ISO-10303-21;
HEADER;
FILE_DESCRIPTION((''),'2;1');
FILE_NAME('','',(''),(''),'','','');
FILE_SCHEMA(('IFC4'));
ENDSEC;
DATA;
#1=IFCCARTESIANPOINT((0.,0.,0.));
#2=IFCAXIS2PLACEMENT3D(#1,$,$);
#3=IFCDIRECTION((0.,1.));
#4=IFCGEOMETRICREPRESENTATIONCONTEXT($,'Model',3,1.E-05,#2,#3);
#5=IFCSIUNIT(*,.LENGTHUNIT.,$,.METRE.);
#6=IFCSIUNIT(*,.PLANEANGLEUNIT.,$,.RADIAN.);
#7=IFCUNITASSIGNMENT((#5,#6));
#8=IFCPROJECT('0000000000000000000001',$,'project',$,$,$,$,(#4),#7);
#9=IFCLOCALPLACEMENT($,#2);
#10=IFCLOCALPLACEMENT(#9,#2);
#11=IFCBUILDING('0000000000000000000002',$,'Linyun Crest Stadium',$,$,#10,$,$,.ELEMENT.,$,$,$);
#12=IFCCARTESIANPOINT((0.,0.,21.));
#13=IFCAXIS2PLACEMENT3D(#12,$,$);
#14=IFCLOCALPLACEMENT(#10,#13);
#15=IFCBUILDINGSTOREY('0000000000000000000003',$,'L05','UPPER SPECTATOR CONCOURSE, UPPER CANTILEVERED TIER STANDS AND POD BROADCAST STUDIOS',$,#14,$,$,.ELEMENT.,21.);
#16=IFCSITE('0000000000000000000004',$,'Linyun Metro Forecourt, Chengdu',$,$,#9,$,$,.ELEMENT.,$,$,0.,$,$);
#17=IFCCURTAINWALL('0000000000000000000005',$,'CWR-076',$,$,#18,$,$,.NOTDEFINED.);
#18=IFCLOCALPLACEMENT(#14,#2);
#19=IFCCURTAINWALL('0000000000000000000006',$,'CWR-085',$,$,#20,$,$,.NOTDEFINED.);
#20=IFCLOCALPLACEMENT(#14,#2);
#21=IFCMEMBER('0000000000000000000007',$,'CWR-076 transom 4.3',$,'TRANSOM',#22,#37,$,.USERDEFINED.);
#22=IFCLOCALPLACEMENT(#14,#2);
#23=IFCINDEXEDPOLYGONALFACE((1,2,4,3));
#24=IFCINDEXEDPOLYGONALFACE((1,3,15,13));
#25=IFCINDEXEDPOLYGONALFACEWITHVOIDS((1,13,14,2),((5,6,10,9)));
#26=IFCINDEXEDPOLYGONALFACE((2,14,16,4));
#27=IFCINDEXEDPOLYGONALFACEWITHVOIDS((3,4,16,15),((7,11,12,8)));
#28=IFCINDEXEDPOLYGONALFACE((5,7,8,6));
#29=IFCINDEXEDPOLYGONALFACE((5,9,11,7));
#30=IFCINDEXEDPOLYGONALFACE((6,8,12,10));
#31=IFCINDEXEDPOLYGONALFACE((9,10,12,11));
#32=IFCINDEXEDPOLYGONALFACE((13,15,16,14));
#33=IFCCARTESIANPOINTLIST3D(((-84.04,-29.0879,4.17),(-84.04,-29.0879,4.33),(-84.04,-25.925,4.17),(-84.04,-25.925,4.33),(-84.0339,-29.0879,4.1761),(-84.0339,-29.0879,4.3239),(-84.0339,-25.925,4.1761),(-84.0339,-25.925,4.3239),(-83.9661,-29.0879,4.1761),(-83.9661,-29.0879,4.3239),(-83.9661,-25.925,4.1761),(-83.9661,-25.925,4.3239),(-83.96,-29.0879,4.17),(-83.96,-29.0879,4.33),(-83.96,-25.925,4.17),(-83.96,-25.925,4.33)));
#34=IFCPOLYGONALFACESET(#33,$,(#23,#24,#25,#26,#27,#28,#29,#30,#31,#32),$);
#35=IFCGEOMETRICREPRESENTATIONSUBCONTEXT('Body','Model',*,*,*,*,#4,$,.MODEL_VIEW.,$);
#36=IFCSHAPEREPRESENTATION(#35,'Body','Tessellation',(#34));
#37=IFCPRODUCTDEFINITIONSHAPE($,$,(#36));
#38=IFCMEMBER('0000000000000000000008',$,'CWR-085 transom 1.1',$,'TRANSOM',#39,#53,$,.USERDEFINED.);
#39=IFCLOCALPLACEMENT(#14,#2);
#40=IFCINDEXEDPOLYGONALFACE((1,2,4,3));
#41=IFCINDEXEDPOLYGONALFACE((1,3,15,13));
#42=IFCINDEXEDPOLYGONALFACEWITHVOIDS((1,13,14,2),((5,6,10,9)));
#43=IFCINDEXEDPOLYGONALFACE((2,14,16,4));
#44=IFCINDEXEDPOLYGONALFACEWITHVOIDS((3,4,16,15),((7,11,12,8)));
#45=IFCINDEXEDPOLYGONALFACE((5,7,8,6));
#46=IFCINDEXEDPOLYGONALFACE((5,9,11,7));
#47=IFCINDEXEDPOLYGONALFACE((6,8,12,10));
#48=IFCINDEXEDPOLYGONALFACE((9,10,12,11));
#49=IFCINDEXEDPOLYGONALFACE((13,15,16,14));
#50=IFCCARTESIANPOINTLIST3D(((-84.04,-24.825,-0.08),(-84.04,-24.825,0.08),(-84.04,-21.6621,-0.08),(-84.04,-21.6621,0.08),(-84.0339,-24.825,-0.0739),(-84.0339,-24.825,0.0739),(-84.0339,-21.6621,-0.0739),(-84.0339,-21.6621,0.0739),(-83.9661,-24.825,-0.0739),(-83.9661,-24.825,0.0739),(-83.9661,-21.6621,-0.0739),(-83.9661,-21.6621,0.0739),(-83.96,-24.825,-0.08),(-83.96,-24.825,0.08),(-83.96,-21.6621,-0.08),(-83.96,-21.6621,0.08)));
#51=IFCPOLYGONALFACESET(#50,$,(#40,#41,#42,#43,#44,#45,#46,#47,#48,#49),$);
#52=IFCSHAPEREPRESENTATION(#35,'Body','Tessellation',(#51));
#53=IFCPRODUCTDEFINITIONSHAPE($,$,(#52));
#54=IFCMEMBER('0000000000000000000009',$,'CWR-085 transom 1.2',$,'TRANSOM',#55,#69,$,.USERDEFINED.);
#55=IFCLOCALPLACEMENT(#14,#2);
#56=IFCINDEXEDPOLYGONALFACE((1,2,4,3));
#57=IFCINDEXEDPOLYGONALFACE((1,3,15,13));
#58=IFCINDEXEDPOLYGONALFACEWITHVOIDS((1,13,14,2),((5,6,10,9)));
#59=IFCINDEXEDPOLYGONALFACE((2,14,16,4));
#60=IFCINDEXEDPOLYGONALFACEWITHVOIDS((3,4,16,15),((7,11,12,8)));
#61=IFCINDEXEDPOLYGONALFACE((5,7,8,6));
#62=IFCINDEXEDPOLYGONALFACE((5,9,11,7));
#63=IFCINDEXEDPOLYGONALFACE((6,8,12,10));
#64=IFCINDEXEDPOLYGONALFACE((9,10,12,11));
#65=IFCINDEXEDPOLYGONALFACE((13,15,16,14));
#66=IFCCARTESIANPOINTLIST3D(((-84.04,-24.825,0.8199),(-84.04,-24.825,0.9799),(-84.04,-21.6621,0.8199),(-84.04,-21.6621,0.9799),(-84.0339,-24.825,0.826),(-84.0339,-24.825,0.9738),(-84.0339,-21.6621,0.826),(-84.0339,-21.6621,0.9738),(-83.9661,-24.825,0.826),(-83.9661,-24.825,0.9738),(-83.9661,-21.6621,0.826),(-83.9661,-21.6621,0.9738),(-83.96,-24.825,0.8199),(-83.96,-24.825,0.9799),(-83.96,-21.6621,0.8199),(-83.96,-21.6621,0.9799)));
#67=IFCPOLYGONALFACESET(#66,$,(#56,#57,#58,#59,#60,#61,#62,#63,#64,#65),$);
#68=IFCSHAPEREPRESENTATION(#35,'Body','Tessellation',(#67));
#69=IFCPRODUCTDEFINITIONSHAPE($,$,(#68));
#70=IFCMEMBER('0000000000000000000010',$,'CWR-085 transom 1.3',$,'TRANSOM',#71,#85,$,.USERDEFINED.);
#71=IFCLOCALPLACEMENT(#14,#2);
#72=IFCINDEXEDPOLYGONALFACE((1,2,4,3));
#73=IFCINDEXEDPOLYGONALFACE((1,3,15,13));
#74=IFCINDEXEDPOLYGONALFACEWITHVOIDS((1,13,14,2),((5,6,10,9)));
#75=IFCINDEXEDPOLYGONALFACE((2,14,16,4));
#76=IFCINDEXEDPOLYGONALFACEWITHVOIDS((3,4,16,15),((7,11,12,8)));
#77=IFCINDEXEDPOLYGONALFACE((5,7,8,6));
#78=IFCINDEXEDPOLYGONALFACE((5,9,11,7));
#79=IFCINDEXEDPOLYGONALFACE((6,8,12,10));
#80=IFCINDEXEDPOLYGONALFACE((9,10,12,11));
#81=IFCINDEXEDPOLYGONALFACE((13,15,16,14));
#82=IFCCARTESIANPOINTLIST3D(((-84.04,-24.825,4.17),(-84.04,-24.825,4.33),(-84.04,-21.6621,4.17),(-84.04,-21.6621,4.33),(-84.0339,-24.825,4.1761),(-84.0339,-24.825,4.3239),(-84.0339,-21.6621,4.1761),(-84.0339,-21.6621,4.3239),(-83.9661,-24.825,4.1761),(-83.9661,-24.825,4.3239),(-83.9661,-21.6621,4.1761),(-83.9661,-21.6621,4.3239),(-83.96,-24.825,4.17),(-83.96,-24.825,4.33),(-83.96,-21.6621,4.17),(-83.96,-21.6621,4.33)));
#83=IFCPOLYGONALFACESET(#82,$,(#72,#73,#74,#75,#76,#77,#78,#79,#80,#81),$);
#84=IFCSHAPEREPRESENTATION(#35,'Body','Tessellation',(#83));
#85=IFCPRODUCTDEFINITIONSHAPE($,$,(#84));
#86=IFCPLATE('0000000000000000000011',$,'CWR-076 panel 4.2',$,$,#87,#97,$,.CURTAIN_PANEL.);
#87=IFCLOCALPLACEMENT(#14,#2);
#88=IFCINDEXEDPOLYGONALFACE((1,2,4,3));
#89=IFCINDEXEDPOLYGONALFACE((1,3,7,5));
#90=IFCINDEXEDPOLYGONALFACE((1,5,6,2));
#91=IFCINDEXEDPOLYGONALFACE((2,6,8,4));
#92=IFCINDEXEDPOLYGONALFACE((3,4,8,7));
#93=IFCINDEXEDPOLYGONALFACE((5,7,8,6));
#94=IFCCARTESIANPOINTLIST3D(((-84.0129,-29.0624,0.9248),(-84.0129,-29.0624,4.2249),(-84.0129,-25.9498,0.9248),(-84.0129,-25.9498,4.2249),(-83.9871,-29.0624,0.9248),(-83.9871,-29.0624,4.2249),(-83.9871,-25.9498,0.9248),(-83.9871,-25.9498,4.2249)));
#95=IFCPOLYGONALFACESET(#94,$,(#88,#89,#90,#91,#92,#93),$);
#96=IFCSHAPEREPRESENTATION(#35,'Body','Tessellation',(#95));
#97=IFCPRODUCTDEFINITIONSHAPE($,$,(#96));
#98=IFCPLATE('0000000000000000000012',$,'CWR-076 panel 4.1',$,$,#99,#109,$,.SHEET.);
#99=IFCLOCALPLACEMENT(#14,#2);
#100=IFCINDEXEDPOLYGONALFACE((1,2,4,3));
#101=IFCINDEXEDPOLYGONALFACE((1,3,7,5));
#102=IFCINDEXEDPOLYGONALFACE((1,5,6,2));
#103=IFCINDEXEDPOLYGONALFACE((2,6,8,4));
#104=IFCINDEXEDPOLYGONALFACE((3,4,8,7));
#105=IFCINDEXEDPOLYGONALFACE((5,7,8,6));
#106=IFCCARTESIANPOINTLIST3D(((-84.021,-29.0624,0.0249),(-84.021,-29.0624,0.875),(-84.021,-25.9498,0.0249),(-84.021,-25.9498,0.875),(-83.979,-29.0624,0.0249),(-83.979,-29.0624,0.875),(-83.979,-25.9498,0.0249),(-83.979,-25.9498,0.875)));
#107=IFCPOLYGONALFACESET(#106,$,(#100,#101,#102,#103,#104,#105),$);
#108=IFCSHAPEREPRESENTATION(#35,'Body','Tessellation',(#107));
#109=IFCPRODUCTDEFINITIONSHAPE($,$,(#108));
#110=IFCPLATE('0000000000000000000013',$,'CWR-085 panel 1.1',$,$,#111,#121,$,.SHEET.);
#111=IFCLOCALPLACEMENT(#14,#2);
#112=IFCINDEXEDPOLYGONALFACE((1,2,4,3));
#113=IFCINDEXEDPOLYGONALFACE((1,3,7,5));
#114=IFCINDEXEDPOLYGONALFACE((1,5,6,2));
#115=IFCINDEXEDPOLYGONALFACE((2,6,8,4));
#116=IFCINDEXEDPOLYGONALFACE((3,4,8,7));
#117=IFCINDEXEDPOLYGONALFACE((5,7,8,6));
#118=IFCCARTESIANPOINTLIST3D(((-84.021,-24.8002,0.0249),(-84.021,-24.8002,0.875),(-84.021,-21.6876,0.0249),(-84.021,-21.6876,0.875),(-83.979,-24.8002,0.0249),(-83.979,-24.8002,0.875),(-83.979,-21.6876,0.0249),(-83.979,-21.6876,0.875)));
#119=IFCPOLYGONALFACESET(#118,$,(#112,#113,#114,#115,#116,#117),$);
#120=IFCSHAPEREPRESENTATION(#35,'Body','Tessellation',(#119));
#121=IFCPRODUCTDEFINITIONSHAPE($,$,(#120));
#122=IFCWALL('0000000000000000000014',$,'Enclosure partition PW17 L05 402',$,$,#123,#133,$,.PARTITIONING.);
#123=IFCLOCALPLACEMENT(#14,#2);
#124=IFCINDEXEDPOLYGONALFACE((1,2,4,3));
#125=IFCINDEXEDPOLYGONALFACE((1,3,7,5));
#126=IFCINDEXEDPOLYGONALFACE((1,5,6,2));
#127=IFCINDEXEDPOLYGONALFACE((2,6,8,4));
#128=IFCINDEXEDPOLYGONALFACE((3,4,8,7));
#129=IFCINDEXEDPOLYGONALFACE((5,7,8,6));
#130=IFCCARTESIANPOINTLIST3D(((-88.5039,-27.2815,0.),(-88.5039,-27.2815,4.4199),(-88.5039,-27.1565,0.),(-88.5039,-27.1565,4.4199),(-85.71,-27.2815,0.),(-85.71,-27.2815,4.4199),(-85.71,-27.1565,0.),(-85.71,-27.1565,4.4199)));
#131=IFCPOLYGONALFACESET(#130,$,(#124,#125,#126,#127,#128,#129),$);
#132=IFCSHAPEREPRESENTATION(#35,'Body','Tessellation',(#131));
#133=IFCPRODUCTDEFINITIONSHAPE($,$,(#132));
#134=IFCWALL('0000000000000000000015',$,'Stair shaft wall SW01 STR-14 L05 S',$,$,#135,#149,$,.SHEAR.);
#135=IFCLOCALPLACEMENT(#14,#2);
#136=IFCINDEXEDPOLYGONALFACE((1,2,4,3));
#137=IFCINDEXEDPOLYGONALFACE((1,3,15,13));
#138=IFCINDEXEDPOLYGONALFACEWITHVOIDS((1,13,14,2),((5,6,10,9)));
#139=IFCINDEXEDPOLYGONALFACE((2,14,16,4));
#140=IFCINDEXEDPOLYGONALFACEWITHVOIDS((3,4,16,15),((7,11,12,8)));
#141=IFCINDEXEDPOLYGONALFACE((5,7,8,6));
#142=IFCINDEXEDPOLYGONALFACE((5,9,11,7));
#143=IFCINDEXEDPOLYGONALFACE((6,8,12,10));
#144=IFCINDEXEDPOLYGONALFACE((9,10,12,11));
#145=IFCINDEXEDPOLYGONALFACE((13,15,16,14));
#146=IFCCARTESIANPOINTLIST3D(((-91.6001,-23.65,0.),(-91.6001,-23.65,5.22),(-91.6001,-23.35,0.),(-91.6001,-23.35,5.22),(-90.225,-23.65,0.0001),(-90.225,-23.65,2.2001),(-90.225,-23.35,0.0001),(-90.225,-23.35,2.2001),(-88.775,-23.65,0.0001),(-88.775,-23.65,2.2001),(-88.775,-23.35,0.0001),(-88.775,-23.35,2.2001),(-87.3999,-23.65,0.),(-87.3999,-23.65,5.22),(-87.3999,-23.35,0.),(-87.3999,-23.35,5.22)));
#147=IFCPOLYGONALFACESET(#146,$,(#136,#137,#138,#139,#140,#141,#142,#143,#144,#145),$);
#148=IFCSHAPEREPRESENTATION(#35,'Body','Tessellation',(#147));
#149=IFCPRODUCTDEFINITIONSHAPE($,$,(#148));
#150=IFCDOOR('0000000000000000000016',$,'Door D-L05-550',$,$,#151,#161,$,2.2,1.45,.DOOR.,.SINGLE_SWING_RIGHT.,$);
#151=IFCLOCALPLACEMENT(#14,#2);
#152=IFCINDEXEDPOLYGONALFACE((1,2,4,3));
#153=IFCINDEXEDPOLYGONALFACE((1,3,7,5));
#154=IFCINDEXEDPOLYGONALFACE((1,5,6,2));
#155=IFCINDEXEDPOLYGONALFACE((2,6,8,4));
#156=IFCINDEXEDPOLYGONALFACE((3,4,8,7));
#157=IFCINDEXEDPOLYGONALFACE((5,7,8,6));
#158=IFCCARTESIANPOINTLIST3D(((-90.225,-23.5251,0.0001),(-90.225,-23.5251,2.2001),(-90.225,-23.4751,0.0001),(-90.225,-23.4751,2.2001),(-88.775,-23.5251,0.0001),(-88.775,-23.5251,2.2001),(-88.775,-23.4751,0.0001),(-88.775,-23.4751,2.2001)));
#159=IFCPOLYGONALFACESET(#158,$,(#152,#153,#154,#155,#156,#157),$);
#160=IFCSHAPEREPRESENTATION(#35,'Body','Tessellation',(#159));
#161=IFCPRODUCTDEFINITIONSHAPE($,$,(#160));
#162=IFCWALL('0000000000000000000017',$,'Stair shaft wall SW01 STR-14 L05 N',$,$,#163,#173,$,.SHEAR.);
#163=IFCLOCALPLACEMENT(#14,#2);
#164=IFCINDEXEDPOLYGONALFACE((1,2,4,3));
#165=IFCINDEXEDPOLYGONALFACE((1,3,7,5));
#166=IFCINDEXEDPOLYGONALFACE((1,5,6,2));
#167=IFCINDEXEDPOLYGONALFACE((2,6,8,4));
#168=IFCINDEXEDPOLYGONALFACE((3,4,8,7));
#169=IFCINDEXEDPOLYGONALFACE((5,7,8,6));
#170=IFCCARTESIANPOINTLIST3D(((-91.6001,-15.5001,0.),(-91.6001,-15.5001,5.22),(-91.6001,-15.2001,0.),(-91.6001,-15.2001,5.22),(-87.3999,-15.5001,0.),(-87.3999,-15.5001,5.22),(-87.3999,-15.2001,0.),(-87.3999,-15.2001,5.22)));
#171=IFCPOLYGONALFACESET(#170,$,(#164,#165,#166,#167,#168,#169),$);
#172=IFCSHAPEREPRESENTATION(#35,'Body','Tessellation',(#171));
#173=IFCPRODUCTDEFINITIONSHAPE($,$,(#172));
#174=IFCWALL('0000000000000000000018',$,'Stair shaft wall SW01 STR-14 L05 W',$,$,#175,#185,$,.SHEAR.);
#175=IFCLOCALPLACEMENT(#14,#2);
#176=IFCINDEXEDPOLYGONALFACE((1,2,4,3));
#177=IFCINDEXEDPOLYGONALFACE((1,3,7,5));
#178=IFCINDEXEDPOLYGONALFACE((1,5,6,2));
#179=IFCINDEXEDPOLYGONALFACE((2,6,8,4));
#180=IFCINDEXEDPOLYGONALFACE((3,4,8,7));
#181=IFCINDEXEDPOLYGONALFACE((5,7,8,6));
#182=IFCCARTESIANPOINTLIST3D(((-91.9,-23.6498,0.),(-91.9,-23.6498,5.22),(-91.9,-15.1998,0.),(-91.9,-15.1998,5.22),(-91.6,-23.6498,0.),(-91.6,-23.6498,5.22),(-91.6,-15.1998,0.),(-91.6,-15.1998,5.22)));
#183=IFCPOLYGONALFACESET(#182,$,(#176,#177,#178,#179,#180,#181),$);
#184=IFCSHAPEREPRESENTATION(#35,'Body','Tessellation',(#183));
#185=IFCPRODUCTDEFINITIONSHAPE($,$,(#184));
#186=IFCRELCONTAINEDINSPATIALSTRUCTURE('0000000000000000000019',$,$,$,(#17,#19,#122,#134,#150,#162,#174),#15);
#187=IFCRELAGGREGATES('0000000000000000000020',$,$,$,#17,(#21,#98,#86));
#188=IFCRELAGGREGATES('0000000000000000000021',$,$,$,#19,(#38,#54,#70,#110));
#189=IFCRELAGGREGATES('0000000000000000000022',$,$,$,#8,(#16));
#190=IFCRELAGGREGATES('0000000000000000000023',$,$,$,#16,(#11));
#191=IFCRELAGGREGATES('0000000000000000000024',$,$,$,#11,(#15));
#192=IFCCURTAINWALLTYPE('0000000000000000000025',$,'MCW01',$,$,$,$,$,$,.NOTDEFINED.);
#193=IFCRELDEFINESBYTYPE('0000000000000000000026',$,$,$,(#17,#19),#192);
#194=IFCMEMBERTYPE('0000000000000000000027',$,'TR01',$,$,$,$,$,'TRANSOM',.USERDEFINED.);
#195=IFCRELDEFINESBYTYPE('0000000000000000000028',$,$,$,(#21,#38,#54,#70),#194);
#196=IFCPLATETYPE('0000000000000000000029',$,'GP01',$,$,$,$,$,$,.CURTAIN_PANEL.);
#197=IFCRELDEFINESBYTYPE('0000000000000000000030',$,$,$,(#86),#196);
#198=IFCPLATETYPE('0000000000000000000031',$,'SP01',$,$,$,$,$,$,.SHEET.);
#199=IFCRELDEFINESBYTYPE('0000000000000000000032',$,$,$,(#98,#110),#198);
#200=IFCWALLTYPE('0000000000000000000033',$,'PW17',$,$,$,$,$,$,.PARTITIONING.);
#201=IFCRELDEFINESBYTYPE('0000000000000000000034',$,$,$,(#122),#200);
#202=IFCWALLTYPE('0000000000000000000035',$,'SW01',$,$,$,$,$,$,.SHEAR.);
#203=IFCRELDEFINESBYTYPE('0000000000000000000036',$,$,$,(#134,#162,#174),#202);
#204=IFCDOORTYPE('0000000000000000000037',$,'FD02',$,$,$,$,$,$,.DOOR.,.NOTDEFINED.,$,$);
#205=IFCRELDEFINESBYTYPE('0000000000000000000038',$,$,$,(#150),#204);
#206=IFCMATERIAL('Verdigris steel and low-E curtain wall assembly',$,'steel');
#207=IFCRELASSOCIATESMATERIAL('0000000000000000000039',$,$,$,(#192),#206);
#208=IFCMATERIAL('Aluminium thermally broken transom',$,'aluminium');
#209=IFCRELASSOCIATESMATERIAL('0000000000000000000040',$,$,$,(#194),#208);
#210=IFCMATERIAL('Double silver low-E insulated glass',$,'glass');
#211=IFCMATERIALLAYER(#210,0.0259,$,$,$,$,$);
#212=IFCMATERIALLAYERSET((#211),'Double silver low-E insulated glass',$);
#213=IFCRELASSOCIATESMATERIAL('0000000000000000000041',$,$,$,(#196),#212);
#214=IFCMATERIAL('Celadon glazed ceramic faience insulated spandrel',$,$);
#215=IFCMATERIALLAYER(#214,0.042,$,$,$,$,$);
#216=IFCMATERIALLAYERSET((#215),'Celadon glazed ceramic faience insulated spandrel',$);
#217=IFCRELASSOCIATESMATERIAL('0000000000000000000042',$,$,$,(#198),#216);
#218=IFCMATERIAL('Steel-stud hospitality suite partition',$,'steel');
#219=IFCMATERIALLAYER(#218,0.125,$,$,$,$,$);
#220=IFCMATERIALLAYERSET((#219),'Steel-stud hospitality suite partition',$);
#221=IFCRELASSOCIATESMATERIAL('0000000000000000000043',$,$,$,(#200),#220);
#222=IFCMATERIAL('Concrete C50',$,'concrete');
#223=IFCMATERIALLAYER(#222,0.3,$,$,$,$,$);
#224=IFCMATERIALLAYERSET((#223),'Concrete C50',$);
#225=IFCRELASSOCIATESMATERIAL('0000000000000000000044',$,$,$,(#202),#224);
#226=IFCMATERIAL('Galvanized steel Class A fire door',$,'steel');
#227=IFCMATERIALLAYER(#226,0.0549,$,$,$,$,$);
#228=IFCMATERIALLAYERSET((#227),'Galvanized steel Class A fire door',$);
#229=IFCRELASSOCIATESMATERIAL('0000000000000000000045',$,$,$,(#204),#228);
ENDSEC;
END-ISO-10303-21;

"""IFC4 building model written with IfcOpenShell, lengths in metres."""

from ifc_helpers import new_model, si_unit, direction, frame, frame_2d, origin, origin_2d, place, context, subcontext, project, spatial, rectangle, hollow_rectangle, extrude, material, layer, layer_set, material_profile, profile_set, type_object, element, fill, aggregate, save


model = new_model("IFC4")

# Units and contexts
model_context = context("Model", 3, precision=1e-05, world=origin(), true_north=direction((0.0, 1.0)))
body_context = subcontext(model_context, "Body", "Model", "MODEL_VIEW")
ifc_project = project(units=[si_unit("LENGTHUNIT", "METRE"), si_unit("PLANEANGLEUNIT", "RADIAN")], contexts=[model_context])

# Site, building, storey
site_placement = place(None, origin())
site = spatial("IfcSite", under=ifc_project, at=site_placement, Name="Linyun Metro Forecourt, Chengdu", CompositionType="ELEMENT", RefElevation=0.0)
building_placement = place(site_placement, origin())
building = spatial("IfcBuilding", under=site, at=building_placement, Name="Linyun Crest Stadium", CompositionType="ELEMENT")
storey_placement = place(building_placement, frame((0.0, 0.0, 21.0)))
storey = spatial("IfcBuildingStorey", under=building, at=storey_placement, Name="L05", Description="UPPER SPECTATOR CONCOURSE, UPPER CANTILEVERED TIER STANDS AND POD BROADCAST STUDIOS", CompositionType="ELEMENT", Elevation=21.0)

# Curtain wall
ifc_material_1 = material(Name="Verdigris steel and low-E curtain wall assembly", Category="steel")
curtain_wall_type = type_object("IfcCurtainWallType", Name="MCW01", PredefinedType="NOTDEFINED", material=ifc_material_1)
curtain_wall_1_placement = place(storey_placement, origin())
curtain_wall_1 = element("IfcCurtainWall", 1, at=curtain_wall_1_placement, inside=storey, type_object=curtain_wall_type, Name="CWR-076", PredefinedType="NOTDEFINED")

# Curtain wall
curtain_wall_2_placement = place(storey_placement, origin())
curtain_wall_2 = element("IfcCurtainWall", 2, at=curtain_wall_2_placement, inside=storey, type_object=curtain_wall_type, Name="CWR-085", PredefinedType="NOTDEFINED")

# Members
ifc_material_2 = material(Name="Aluminium thermally broken transom", Category="aluminium")
ifc_material_profile_1 = material_profile(ifc_material_2, hollow_rectangle(XDim=0.0801, YDim=0.1599, WallThickness=0.0061, at=origin_2d()), Name="RHS 160x80x6")
ifc_profile_set_1 = profile_set([ifc_material_profile_1], Name="Aluminium thermally broken transom")
member_type_1 = type_object("IfcMemberType", Name="TR01", ElementType="TRANSOM", PredefinedType="USERDEFINED", material=ifc_profile_set_1)
member_1_placement = place(storey_placement, frame((-84.0, -29.0879, 4.25), z_axis=(0.0, 1.0, 0.0), x_axis=(-1.0, 0.0, 0.0)))
member_1 = element("IfcMember", 3, at=member_1_placement, type_object=member_type_1, Name="CWR-076 transom 4.3", ObjectType="TRANSOM", PredefinedType="USERDEFINED", context=body_context, shape_type="SweptSolid", body=[
    extrude(hollow_rectangle(XDim=0.0801, YDim=0.1599, WallThickness=0.0061, at=origin_2d()), origin(), (0.0, 0.0, 1.0), 3.1628),
])
member_2_placement = place(storey_placement, frame((-84.0, -24.825, 0.0), z_axis=(0.0, 1.0, 0.0), x_axis=(-1.0, 0.0, 0.0)))
member_2 = element("IfcMember", 4, at=member_2_placement, type_object=member_type_1, Name="CWR-085 transom 1.1", ObjectType="TRANSOM", PredefinedType="USERDEFINED", context=body_context, shape_type="SweptSolid", body=[
    extrude(hollow_rectangle(XDim=0.0801, YDim=0.1599, WallThickness=0.0061, at=origin_2d()), origin(), (0.0, 0.0, 1.0), 3.1628),
])
member_3_placement = place(storey_placement, frame((-84.0, -24.825, 0.8999), z_axis=(0.0, 1.0, 0.0), x_axis=(-1.0, 0.0, 0.0)))
member_3 = element("IfcMember", 5, at=member_3_placement, type_object=member_type_1, Name="CWR-085 transom 1.2", ObjectType="TRANSOM", PredefinedType="USERDEFINED", context=body_context, shape_type="SweptSolid", body=[
    extrude(hollow_rectangle(XDim=0.0801, YDim=0.1599, WallThickness=0.0061, at=origin_2d()), origin(), (0.0, 0.0, 1.0), 3.1628),
])
member_4_placement = place(storey_placement, frame((-84.0, -24.825, 4.25), z_axis=(0.0, 1.0, 0.0), x_axis=(-1.0, 0.0, 0.0)))
member_4 = element("IfcMember", 6, at=member_4_placement, type_object=member_type_1, Name="CWR-085 transom 1.3", ObjectType="TRANSOM", PredefinedType="USERDEFINED", context=body_context, shape_type="SweptSolid", body=[
    extrude(hollow_rectangle(XDim=0.0801, YDim=0.1599, WallThickness=0.0061, at=origin_2d()), origin(), (0.0, 0.0, 1.0), 3.1628),
])

# Plates
ifc_material_3 = material(Name="Double silver low-E insulated glass", Category="glass")
ifc_layer_1 = layer(ifc_material_3, 0.0259)
ifc_layer_set_1 = layer_set([ifc_layer_1], Name="Double silver low-E insulated glass")
plate_type_1 = type_object("IfcPlateType", Name="GP01", PredefinedType="CURTAIN_PANEL", material=ifc_layer_set_1)
plate_1_placement = place(storey_placement, frame((-84.0, -27.5061, 0.9248), z_axis=(0.0, 0.0, 1.0), x_axis=(0.0, 1.0, 0.0)))
plate_1 = element("IfcPlate", 7, at=plate_1_placement, type_object=plate_type_1, Name="CWR-076 panel 4.2", PredefinedType="CURTAIN_PANEL", context=body_context, shape_type="SweptSolid", body=[
    extrude(rectangle(XDim=3.1125, YDim=0.0259, at=origin_2d()), origin(), (0.0, 0.0, 1.0), 3.3),
])
ifc_material_4 = material(Name="Celadon glazed ceramic faience insulated spandrel")
ifc_layer_2 = layer(ifc_material_4, 0.042)
ifc_layer_set_2 = layer_set([ifc_layer_2], Name="Celadon glazed ceramic faience insulated spandrel")
plate_type_2 = type_object("IfcPlateType", Name="SP01", PredefinedType="SHEET", material=ifc_layer_set_2)
plate_2_placement = place(storey_placement, frame((-84.0, -27.5061, 0.0249), z_axis=(0.0, 0.0, 1.0), x_axis=(0.0, 1.0, 0.0)))
plate_2 = element("IfcPlate", 8, at=plate_2_placement, type_object=plate_type_2, Name="CWR-076 panel 4.1", PredefinedType="SHEET", context=body_context, shape_type="SweptSolid", body=[
    extrude(rectangle(XDim=3.1125, YDim=0.042, at=origin_2d()), origin(), (0.0, 0.0, 1.0), 0.8501),
])
aggregate(curtain_wall_1, [member_1, plate_2, plate_1])
plate_3_placement = place(storey_placement, frame((-84.0, -23.2439, 0.0249), z_axis=(0.0, 0.0, 1.0), x_axis=(0.0, 1.0, 0.0)))
plate_3 = element("IfcPlate", 9, at=plate_3_placement, type_object=plate_type_2, Name="CWR-085 panel 1.1", PredefinedType="SHEET", context=body_context, shape_type="SweptSolid", body=[
    extrude(rectangle(XDim=3.1125, YDim=0.042, at=origin_2d()), origin(), (0.0, 0.0, 1.0), 0.8501),
])
aggregate(curtain_wall_2, [member_2, member_3, member_4, plate_3])

# Wall
ifc_material_5 = material(Name="Steel-stud hospitality suite partition", Category="steel")
ifc_layer_3 = layer(ifc_material_5, 0.125)
ifc_layer_set_3 = layer_set([ifc_layer_3], Name="Steel-stud hospitality suite partition")
wall_type_1 = type_object("IfcWallType", Name="PW17", PredefinedType="PARTITIONING", material=ifc_layer_set_3)
wall_1_placement = place(storey_placement, frame((-88.5039, -27.219, 0.0), z_axis=(0.0, 0.0, 1.0), x_axis=(1.0, 0.0, 0.0)))
element("IfcWall", 10, at=wall_1_placement, inside=storey, type_object=wall_type_1, Name="Enclosure partition PW17 L05 402", PredefinedType="PARTITIONING", context=body_context, shape_type="SweptSolid", body=[
    extrude(rectangle(XDim=2.7939, YDim=0.125, at=frame_2d((1.397, 0.0))), origin(), (0.0, 0.0, 1.0), 4.4199),
])

# Wall, opening, door
ifc_material_6 = material(Name="Concrete C50", Category="concrete")
ifc_layer_4 = layer(ifc_material_6, 0.3)
ifc_layer_set_4 = layer_set([ifc_layer_4], Name="Concrete C50")
wall_type_2 = type_object("IfcWallType", Name="SW01", PredefinedType="SHEAR", material=ifc_layer_set_4)
wall_2_placement = place(storey_placement, frame((-91.6001, -23.5, 0.0), z_axis=(0.0, 0.0, 1.0), x_axis=(1.0, 0.0, 0.0)))
wall_2 = element("IfcWall", 11, at=wall_2_placement, inside=storey, type_object=wall_type_2, Name="Stair shaft wall SW01 STR-14 L05 S", PredefinedType="SHEAR", context=body_context, shape_type="SweptSolid", body=[
    extrude(rectangle(XDim=4.2002, YDim=0.3, at=frame_2d((2.1001, 0.0))), origin(), (0.0, 0.0, 1.0), 5.22),
])
opening_placement = place(wall_2_placement, frame((1.375, 0.0, 0.0)))
opening = element("IfcOpeningElement", 12, at=opening_placement, cuts=wall_2, PredefinedType="OPENING", context=body_context, shape_type="SweptSolid", body=[
    extrude(rectangle(XDim=1.45, YDim=2.2, at=frame_2d((0.7251, 1.1001))), frame((0.0, 0.1599, 0.0), z_axis=(0.0, -1.0, 0.0), x_axis=(1.0, 0.0, 0.0)), (0.0, 0.0, 1.0), 0.3201),
])
ifc_material_7 = material(Name="Galvanized steel Class A fire door", Category="steel")
ifc_layer_5 = layer(ifc_material_7, 0.0549)
ifc_layer_set_5 = layer_set([ifc_layer_5], Name="Galvanized steel Class A fire door")
door_type = type_object("IfcDoorType", Name="FD02", OperationType="NOTDEFINED", PredefinedType="DOOR", material=ifc_layer_set_5)
door_placement = place(opening_placement, origin())
door = element("IfcDoor", 13, at=door_placement, inside=storey, type_object=door_type, Name="Door D-L05-550", OperationType="SINGLE_SWING_RIGHT", OverallHeight=2.2, OverallWidth=1.45, PredefinedType="DOOR", context=body_context, shape_type="SweptSolid", body=[
    extrude(rectangle(XDim=1.45, YDim=2.2, at=frame_2d((0.7251, 1.1001))), frame((0.0, 0.0249, 0.0), z_axis=(0.0, -1.0, 0.0), x_axis=(1.0, 0.0, 0.0)), (0.0, 0.0, 1.0), 0.05),
])
fill(opening, door)

# Walls
wall_3_placement = place(storey_placement, frame((-91.6001, -15.3501, 0.0), z_axis=(0.0, 0.0, 1.0), x_axis=(1.0, 0.0, 0.0)))
element("IfcWall", 14, at=wall_3_placement, inside=storey, type_object=wall_type_2, Name="Stair shaft wall SW01 STR-14 L05 N", PredefinedType="SHEAR", context=body_context, shape_type="SweptSolid", body=[
    extrude(rectangle(XDim=4.2002, YDim=0.3, at=frame_2d((2.1001, 0.0))), origin(), (0.0, 0.0, 1.0), 5.22),
])
for number, where, z_axis, x_axis, name in (
    (15, (-91.75, -23.6499, 0.0), (0.0, 0.0, 1.0), (0.0, 1.0, 0.0), "Stair shaft wall SW01 STR-14 L05 W"),
):
    element("IfcWall", number, at=place(storey_placement, frame(where, z_axis=z_axis, x_axis=x_axis)), inside=storey, type_object=wall_type_2, Name=name, PredefinedType="SHEAR", context=body_context, shape_type="SweptSolid", body=[
        extrude(rectangle(XDim=8.45, YDim=0.3, at=frame_2d((4.2251, 0.0))), origin(), (0.0, 0.0, 1.0), 5.22),
    ])

save(model, "model.ifc")
